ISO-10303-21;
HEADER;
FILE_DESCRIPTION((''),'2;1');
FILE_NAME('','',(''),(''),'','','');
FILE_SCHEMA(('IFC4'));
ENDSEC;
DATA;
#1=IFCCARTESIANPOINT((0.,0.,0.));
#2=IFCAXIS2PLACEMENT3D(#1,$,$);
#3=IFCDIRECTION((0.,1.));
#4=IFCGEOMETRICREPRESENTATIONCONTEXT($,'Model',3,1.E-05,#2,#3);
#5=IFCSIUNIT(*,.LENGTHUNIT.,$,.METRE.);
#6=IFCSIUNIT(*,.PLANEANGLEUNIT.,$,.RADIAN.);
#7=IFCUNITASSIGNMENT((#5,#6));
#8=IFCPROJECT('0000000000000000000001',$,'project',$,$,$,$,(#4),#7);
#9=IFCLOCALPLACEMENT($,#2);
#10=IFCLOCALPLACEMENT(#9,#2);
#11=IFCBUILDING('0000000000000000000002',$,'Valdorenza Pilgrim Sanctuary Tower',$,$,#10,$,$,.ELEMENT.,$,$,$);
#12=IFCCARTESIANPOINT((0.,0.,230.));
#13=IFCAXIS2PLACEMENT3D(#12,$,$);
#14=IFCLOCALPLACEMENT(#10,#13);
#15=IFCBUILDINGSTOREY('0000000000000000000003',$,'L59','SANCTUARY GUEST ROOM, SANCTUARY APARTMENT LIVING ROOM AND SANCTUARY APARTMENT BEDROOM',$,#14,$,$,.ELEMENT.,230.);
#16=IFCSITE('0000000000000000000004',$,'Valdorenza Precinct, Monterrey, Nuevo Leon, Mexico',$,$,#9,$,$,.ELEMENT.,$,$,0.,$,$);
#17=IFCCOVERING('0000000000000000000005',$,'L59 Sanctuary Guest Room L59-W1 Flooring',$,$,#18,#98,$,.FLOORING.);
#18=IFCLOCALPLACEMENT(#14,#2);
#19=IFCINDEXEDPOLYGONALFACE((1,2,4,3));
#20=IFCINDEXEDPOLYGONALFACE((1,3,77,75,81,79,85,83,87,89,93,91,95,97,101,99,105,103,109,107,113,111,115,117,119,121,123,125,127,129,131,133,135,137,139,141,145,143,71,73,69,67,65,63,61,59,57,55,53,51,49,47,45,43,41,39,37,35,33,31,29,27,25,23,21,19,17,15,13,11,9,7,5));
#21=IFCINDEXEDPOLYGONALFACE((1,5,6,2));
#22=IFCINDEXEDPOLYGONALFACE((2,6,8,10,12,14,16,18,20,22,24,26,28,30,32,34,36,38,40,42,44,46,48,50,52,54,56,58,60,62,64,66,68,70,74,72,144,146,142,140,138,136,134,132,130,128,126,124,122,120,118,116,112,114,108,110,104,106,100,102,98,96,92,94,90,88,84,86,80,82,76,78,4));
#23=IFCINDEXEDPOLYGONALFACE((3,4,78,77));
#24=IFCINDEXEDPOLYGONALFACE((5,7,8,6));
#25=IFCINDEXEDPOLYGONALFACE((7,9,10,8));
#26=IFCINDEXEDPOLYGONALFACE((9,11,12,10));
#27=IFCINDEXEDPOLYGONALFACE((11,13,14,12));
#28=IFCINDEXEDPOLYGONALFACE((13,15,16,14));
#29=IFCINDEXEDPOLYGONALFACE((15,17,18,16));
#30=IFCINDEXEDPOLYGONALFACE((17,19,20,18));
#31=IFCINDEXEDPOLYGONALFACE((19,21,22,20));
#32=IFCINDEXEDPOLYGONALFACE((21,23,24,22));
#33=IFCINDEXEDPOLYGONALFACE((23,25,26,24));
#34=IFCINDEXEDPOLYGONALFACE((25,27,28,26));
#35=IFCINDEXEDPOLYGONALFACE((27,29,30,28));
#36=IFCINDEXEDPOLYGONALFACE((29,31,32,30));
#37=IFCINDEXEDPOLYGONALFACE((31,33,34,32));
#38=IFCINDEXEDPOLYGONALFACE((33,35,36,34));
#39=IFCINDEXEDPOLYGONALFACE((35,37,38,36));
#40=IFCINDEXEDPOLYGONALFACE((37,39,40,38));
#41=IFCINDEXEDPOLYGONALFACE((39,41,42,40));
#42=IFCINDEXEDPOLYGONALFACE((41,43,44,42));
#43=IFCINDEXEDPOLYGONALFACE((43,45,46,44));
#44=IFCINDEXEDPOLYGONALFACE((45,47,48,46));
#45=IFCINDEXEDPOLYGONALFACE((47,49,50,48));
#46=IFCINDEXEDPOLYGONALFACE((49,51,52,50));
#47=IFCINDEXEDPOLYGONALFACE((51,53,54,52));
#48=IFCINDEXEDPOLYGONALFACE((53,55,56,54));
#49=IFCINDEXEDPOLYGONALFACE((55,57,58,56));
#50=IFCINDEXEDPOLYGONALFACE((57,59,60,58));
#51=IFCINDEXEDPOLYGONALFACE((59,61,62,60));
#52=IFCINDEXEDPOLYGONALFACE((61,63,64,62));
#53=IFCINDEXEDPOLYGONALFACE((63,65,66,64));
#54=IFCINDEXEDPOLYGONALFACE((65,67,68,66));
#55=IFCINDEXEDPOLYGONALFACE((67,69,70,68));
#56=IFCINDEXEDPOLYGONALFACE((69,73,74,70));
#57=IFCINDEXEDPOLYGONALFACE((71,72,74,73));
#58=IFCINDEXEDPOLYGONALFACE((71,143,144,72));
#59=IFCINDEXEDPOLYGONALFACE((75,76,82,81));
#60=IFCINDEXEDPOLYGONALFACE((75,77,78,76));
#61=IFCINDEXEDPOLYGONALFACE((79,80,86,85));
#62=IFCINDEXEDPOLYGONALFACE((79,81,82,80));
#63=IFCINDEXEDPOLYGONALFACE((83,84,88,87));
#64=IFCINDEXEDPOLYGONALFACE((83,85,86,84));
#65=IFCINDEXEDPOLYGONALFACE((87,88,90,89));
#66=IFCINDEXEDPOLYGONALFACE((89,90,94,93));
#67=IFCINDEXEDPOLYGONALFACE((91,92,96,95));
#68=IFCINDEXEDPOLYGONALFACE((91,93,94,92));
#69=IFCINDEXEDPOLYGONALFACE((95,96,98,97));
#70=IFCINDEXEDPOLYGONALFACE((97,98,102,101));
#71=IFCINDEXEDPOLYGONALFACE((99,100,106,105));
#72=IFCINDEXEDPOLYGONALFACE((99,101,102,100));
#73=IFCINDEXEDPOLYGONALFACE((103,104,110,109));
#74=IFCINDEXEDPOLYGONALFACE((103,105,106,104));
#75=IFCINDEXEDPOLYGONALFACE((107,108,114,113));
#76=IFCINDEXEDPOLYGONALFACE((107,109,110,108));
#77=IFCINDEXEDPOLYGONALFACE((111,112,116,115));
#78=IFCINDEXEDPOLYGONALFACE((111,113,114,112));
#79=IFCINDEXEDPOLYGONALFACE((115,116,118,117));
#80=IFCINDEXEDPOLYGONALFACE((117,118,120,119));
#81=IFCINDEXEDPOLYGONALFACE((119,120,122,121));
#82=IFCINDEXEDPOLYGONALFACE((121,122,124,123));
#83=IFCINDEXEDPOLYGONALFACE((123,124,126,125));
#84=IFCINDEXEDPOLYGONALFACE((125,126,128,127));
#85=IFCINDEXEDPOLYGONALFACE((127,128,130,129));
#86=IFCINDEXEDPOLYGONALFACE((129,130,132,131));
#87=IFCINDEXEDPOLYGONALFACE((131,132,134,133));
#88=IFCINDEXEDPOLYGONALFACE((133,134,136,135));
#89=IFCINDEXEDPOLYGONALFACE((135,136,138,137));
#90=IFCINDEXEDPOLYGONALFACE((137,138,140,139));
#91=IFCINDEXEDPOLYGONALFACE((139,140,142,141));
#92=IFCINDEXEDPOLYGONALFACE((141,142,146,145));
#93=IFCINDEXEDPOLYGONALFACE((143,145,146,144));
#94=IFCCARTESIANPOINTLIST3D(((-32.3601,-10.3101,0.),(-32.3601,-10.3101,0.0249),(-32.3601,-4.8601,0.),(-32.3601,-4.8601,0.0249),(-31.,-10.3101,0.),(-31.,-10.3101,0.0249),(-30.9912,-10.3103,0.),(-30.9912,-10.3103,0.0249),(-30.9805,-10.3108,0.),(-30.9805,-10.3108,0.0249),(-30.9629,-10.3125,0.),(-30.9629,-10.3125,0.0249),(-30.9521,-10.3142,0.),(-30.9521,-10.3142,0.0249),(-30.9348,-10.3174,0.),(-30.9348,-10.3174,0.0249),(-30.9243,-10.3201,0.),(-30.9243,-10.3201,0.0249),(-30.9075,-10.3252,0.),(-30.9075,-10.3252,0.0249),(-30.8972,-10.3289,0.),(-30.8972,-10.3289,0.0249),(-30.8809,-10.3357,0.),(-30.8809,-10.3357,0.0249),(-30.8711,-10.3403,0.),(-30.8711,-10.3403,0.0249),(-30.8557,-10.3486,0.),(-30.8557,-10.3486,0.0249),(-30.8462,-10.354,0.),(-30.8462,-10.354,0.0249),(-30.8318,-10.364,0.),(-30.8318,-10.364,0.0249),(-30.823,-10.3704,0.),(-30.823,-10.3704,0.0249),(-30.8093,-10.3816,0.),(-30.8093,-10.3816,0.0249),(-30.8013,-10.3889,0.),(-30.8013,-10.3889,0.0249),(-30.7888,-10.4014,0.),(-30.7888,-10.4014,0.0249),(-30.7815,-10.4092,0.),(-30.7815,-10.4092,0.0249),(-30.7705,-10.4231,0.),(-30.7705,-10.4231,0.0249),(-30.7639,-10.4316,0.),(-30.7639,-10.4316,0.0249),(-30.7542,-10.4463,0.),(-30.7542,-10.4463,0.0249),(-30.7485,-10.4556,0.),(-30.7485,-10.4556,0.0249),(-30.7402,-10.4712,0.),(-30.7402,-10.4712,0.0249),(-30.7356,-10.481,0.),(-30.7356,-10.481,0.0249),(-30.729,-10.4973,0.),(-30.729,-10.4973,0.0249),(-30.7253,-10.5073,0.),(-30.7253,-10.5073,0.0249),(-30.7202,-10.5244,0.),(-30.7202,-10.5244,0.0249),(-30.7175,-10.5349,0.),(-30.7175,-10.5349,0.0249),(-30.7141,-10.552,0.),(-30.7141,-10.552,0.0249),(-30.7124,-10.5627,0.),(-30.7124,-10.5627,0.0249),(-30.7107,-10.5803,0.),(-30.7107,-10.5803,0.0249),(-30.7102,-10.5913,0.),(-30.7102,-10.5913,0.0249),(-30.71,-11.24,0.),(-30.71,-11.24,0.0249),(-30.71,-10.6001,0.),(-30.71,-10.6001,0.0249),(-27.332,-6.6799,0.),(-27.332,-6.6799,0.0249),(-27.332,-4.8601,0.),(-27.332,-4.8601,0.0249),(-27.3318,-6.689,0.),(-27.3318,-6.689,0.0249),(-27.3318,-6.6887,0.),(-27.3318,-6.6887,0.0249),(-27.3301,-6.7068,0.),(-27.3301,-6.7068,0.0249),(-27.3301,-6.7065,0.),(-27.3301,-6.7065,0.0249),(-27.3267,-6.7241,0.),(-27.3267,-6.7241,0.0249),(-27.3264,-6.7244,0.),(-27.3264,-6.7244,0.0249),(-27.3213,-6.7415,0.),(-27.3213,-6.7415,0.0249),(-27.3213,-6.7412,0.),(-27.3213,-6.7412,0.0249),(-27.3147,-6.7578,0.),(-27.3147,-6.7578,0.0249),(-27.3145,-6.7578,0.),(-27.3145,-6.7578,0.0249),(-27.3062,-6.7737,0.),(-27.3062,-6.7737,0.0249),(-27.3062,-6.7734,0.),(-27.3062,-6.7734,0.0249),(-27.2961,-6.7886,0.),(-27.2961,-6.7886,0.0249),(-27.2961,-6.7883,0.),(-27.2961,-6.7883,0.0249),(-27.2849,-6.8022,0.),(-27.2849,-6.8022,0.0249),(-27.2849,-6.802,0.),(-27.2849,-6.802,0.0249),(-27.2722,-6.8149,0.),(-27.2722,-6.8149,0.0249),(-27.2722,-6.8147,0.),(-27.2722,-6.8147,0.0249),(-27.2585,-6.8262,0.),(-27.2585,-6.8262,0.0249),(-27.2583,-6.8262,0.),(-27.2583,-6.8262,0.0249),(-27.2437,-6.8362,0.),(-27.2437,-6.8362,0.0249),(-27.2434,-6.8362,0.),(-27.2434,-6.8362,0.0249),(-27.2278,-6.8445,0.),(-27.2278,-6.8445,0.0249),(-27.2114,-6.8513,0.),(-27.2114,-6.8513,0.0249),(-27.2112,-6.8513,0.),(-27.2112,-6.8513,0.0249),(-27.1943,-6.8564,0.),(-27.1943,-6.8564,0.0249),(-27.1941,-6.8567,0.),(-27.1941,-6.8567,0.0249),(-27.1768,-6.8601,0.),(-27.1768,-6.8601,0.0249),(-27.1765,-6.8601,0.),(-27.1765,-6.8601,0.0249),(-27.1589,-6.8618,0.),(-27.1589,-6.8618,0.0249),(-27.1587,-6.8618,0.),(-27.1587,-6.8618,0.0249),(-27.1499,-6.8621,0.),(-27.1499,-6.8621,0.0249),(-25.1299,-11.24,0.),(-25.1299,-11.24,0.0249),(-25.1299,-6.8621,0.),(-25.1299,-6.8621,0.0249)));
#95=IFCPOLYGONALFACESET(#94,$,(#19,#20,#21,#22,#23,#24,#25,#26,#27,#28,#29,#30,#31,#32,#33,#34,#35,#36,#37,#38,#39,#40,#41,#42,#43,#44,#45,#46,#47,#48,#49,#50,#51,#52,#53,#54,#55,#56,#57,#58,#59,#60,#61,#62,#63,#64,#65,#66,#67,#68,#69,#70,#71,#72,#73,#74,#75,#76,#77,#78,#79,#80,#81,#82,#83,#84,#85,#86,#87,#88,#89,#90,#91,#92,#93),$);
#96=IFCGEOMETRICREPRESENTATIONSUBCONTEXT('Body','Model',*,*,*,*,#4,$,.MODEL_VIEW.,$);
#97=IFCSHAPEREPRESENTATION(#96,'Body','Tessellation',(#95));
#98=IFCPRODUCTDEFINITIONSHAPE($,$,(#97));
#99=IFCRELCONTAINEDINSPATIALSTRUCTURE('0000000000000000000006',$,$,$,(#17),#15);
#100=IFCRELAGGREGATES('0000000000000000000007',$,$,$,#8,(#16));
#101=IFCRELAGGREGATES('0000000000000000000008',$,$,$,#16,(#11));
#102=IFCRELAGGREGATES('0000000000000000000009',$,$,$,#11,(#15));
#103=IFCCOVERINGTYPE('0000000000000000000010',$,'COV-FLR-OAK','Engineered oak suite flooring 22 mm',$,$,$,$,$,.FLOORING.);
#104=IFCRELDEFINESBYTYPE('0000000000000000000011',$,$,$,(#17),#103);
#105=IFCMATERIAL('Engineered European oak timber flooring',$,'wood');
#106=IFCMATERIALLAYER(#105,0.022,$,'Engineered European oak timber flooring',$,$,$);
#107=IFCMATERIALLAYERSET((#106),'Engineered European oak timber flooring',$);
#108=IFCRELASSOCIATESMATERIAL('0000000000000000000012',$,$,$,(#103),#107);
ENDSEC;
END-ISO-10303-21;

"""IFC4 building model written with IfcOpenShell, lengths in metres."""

from ifc_helpers import new_model, si_unit, direction, frame, origin, place, context, subcontext, project, spatial, polyline, outline, extrude, material, layer, layer_set, type_object, element, save


model = new_model("IFC4")

# Units and contexts
model_context = context("Model", 3, precision=1e-05, world=origin(), true_north=direction((0.0, 1.0)))
body_context = subcontext(model_context, "Body", "Model", "MODEL_VIEW")
ifc_project = project(units=[si_unit("LENGTHUNIT", "METRE"), si_unit("PLANEANGLEUNIT", "RADIAN")], contexts=[model_context])

# Site, building, storey
site_placement = place(None, origin())
site = spatial("IfcSite", under=ifc_project, at=site_placement, Name="Valdorenza Precinct, Monterrey, Nuevo Leon, Mexico", CompositionType="ELEMENT", RefElevation=0.0)
building_placement = place(site_placement, origin())
building = spatial("IfcBuilding", under=site, at=building_placement, Name="Valdorenza Pilgrim Sanctuary Tower", CompositionType="ELEMENT")
storey_placement = place(building_placement, frame((0.0, 0.0, 230.0)))
storey = spatial("IfcBuildingStorey", under=building, at=storey_placement, Name="L59", Description="SANCTUARY GUEST ROOM, SANCTUARY APARTMENT LIVING ROOM AND SANCTUARY APARTMENT BEDROOM", CompositionType="ELEMENT", Elevation=230.0)

# Covering
ifc_material_1 = material(Name="Engineered European oak timber flooring", Category="wood")
ifc_layer_1 = layer(ifc_material_1, 0.022, Name="Engineered European oak timber flooring")
ifc_layer_set_1 = layer_set([ifc_layer_1], Name="Engineered European oak timber flooring")
covering_type_1 = type_object("IfcCoveringType", Name="COV-FLR-OAK", Description="Engineered oak suite flooring 22 mm", PredefinedType="FLOORING", material=ifc_layer_set_1)
covering_1_placement = place(storey_placement, origin())
element("IfcCovering", 1, at=covering_1_placement, inside=storey, type_object=covering_type_1, Name="L59 Sanctuary Guest Room L59-W1 Flooring", PredefinedType="FLOORING", context=body_context, shape_type="SweptSolid", body=[
    extrude(outline(polyline([(-30.71, -10.6001), (-30.7102, -10.5913), (-30.7107, -10.5803), (-30.7124, -10.5627), (-30.7141, -10.552), (-30.7175, -10.5349), (-30.7202, -10.5244), (-30.7253, -10.5073), (-30.729, -10.4973), (-30.7356, -10.481), (-30.7402, -10.4712), (-30.7485, -10.4556), (-30.7542, -10.4463), (-30.7639, -10.4316), (-30.7705, -10.4231), (-30.7815, -10.4092), (-30.7888, -10.4014), (-30.8013, -10.3889), (-30.8093, -10.3816), (-30.823, -10.3704), (-30.8318, -10.364), (-30.8462, -10.354), (-30.8557, -10.3486), (-30.8711, -10.3403), (-30.8809, -10.3357), (-30.8972, -10.3289), (-30.9075, -10.3252), (-30.9243, -10.3201), (-30.9348, -10.3174), (-30.9521, -10.3142), (-30.9629, -10.3125), (-30.9805, -10.3108), (-30.9912, -10.3103), (-31.0, -10.3101), (-32.3601, -10.3101), (-32.3601, -4.8601), (-27.332, -4.8601), (-27.332, -6.6799), (-27.3318, -6.6887), (-27.3318, -6.689), (-27.3301, -6.7065), (-27.3301, -6.7068), (-27.3267, -6.7241), (-27.3264, -6.7244), (-27.3213, -6.7412), (-27.3213, -6.7415), (-27.3147, -6.7578), (-27.3145, -6.7578), (-27.3062, -6.7734), (-27.3062, -6.7737), (-27.2961, -6.7883), (-27.2961, -6.7886), (-27.2849, -6.802), (-27.2849, -6.8022), (-27.2722, -6.8147), (-27.2722, -6.8149), (-27.2585, -6.8262), (-27.2583, -6.8262), (-27.2437, -6.8362), (-27.2434, -6.8362), (-27.2278, -6.8445), (-27.2278, -6.8445), (-27.2114, -6.8513), (-27.2112, -6.8513), (-27.1943, -6.8564), (-27.1941, -6.8567), (-27.1768, -6.8601), (-27.1765, -6.8601), (-27.1589, -6.8618), (-27.1587, -6.8618), (-27.1499, -6.8621), (-25.1299, -6.8621), (-25.1299, -11.24), (-30.71, -11.24), (-30.71, -10.6001)])), origin(), (0.0, 0.0, 1.0), 0.0249),
])

save(model, "model.ifc")
